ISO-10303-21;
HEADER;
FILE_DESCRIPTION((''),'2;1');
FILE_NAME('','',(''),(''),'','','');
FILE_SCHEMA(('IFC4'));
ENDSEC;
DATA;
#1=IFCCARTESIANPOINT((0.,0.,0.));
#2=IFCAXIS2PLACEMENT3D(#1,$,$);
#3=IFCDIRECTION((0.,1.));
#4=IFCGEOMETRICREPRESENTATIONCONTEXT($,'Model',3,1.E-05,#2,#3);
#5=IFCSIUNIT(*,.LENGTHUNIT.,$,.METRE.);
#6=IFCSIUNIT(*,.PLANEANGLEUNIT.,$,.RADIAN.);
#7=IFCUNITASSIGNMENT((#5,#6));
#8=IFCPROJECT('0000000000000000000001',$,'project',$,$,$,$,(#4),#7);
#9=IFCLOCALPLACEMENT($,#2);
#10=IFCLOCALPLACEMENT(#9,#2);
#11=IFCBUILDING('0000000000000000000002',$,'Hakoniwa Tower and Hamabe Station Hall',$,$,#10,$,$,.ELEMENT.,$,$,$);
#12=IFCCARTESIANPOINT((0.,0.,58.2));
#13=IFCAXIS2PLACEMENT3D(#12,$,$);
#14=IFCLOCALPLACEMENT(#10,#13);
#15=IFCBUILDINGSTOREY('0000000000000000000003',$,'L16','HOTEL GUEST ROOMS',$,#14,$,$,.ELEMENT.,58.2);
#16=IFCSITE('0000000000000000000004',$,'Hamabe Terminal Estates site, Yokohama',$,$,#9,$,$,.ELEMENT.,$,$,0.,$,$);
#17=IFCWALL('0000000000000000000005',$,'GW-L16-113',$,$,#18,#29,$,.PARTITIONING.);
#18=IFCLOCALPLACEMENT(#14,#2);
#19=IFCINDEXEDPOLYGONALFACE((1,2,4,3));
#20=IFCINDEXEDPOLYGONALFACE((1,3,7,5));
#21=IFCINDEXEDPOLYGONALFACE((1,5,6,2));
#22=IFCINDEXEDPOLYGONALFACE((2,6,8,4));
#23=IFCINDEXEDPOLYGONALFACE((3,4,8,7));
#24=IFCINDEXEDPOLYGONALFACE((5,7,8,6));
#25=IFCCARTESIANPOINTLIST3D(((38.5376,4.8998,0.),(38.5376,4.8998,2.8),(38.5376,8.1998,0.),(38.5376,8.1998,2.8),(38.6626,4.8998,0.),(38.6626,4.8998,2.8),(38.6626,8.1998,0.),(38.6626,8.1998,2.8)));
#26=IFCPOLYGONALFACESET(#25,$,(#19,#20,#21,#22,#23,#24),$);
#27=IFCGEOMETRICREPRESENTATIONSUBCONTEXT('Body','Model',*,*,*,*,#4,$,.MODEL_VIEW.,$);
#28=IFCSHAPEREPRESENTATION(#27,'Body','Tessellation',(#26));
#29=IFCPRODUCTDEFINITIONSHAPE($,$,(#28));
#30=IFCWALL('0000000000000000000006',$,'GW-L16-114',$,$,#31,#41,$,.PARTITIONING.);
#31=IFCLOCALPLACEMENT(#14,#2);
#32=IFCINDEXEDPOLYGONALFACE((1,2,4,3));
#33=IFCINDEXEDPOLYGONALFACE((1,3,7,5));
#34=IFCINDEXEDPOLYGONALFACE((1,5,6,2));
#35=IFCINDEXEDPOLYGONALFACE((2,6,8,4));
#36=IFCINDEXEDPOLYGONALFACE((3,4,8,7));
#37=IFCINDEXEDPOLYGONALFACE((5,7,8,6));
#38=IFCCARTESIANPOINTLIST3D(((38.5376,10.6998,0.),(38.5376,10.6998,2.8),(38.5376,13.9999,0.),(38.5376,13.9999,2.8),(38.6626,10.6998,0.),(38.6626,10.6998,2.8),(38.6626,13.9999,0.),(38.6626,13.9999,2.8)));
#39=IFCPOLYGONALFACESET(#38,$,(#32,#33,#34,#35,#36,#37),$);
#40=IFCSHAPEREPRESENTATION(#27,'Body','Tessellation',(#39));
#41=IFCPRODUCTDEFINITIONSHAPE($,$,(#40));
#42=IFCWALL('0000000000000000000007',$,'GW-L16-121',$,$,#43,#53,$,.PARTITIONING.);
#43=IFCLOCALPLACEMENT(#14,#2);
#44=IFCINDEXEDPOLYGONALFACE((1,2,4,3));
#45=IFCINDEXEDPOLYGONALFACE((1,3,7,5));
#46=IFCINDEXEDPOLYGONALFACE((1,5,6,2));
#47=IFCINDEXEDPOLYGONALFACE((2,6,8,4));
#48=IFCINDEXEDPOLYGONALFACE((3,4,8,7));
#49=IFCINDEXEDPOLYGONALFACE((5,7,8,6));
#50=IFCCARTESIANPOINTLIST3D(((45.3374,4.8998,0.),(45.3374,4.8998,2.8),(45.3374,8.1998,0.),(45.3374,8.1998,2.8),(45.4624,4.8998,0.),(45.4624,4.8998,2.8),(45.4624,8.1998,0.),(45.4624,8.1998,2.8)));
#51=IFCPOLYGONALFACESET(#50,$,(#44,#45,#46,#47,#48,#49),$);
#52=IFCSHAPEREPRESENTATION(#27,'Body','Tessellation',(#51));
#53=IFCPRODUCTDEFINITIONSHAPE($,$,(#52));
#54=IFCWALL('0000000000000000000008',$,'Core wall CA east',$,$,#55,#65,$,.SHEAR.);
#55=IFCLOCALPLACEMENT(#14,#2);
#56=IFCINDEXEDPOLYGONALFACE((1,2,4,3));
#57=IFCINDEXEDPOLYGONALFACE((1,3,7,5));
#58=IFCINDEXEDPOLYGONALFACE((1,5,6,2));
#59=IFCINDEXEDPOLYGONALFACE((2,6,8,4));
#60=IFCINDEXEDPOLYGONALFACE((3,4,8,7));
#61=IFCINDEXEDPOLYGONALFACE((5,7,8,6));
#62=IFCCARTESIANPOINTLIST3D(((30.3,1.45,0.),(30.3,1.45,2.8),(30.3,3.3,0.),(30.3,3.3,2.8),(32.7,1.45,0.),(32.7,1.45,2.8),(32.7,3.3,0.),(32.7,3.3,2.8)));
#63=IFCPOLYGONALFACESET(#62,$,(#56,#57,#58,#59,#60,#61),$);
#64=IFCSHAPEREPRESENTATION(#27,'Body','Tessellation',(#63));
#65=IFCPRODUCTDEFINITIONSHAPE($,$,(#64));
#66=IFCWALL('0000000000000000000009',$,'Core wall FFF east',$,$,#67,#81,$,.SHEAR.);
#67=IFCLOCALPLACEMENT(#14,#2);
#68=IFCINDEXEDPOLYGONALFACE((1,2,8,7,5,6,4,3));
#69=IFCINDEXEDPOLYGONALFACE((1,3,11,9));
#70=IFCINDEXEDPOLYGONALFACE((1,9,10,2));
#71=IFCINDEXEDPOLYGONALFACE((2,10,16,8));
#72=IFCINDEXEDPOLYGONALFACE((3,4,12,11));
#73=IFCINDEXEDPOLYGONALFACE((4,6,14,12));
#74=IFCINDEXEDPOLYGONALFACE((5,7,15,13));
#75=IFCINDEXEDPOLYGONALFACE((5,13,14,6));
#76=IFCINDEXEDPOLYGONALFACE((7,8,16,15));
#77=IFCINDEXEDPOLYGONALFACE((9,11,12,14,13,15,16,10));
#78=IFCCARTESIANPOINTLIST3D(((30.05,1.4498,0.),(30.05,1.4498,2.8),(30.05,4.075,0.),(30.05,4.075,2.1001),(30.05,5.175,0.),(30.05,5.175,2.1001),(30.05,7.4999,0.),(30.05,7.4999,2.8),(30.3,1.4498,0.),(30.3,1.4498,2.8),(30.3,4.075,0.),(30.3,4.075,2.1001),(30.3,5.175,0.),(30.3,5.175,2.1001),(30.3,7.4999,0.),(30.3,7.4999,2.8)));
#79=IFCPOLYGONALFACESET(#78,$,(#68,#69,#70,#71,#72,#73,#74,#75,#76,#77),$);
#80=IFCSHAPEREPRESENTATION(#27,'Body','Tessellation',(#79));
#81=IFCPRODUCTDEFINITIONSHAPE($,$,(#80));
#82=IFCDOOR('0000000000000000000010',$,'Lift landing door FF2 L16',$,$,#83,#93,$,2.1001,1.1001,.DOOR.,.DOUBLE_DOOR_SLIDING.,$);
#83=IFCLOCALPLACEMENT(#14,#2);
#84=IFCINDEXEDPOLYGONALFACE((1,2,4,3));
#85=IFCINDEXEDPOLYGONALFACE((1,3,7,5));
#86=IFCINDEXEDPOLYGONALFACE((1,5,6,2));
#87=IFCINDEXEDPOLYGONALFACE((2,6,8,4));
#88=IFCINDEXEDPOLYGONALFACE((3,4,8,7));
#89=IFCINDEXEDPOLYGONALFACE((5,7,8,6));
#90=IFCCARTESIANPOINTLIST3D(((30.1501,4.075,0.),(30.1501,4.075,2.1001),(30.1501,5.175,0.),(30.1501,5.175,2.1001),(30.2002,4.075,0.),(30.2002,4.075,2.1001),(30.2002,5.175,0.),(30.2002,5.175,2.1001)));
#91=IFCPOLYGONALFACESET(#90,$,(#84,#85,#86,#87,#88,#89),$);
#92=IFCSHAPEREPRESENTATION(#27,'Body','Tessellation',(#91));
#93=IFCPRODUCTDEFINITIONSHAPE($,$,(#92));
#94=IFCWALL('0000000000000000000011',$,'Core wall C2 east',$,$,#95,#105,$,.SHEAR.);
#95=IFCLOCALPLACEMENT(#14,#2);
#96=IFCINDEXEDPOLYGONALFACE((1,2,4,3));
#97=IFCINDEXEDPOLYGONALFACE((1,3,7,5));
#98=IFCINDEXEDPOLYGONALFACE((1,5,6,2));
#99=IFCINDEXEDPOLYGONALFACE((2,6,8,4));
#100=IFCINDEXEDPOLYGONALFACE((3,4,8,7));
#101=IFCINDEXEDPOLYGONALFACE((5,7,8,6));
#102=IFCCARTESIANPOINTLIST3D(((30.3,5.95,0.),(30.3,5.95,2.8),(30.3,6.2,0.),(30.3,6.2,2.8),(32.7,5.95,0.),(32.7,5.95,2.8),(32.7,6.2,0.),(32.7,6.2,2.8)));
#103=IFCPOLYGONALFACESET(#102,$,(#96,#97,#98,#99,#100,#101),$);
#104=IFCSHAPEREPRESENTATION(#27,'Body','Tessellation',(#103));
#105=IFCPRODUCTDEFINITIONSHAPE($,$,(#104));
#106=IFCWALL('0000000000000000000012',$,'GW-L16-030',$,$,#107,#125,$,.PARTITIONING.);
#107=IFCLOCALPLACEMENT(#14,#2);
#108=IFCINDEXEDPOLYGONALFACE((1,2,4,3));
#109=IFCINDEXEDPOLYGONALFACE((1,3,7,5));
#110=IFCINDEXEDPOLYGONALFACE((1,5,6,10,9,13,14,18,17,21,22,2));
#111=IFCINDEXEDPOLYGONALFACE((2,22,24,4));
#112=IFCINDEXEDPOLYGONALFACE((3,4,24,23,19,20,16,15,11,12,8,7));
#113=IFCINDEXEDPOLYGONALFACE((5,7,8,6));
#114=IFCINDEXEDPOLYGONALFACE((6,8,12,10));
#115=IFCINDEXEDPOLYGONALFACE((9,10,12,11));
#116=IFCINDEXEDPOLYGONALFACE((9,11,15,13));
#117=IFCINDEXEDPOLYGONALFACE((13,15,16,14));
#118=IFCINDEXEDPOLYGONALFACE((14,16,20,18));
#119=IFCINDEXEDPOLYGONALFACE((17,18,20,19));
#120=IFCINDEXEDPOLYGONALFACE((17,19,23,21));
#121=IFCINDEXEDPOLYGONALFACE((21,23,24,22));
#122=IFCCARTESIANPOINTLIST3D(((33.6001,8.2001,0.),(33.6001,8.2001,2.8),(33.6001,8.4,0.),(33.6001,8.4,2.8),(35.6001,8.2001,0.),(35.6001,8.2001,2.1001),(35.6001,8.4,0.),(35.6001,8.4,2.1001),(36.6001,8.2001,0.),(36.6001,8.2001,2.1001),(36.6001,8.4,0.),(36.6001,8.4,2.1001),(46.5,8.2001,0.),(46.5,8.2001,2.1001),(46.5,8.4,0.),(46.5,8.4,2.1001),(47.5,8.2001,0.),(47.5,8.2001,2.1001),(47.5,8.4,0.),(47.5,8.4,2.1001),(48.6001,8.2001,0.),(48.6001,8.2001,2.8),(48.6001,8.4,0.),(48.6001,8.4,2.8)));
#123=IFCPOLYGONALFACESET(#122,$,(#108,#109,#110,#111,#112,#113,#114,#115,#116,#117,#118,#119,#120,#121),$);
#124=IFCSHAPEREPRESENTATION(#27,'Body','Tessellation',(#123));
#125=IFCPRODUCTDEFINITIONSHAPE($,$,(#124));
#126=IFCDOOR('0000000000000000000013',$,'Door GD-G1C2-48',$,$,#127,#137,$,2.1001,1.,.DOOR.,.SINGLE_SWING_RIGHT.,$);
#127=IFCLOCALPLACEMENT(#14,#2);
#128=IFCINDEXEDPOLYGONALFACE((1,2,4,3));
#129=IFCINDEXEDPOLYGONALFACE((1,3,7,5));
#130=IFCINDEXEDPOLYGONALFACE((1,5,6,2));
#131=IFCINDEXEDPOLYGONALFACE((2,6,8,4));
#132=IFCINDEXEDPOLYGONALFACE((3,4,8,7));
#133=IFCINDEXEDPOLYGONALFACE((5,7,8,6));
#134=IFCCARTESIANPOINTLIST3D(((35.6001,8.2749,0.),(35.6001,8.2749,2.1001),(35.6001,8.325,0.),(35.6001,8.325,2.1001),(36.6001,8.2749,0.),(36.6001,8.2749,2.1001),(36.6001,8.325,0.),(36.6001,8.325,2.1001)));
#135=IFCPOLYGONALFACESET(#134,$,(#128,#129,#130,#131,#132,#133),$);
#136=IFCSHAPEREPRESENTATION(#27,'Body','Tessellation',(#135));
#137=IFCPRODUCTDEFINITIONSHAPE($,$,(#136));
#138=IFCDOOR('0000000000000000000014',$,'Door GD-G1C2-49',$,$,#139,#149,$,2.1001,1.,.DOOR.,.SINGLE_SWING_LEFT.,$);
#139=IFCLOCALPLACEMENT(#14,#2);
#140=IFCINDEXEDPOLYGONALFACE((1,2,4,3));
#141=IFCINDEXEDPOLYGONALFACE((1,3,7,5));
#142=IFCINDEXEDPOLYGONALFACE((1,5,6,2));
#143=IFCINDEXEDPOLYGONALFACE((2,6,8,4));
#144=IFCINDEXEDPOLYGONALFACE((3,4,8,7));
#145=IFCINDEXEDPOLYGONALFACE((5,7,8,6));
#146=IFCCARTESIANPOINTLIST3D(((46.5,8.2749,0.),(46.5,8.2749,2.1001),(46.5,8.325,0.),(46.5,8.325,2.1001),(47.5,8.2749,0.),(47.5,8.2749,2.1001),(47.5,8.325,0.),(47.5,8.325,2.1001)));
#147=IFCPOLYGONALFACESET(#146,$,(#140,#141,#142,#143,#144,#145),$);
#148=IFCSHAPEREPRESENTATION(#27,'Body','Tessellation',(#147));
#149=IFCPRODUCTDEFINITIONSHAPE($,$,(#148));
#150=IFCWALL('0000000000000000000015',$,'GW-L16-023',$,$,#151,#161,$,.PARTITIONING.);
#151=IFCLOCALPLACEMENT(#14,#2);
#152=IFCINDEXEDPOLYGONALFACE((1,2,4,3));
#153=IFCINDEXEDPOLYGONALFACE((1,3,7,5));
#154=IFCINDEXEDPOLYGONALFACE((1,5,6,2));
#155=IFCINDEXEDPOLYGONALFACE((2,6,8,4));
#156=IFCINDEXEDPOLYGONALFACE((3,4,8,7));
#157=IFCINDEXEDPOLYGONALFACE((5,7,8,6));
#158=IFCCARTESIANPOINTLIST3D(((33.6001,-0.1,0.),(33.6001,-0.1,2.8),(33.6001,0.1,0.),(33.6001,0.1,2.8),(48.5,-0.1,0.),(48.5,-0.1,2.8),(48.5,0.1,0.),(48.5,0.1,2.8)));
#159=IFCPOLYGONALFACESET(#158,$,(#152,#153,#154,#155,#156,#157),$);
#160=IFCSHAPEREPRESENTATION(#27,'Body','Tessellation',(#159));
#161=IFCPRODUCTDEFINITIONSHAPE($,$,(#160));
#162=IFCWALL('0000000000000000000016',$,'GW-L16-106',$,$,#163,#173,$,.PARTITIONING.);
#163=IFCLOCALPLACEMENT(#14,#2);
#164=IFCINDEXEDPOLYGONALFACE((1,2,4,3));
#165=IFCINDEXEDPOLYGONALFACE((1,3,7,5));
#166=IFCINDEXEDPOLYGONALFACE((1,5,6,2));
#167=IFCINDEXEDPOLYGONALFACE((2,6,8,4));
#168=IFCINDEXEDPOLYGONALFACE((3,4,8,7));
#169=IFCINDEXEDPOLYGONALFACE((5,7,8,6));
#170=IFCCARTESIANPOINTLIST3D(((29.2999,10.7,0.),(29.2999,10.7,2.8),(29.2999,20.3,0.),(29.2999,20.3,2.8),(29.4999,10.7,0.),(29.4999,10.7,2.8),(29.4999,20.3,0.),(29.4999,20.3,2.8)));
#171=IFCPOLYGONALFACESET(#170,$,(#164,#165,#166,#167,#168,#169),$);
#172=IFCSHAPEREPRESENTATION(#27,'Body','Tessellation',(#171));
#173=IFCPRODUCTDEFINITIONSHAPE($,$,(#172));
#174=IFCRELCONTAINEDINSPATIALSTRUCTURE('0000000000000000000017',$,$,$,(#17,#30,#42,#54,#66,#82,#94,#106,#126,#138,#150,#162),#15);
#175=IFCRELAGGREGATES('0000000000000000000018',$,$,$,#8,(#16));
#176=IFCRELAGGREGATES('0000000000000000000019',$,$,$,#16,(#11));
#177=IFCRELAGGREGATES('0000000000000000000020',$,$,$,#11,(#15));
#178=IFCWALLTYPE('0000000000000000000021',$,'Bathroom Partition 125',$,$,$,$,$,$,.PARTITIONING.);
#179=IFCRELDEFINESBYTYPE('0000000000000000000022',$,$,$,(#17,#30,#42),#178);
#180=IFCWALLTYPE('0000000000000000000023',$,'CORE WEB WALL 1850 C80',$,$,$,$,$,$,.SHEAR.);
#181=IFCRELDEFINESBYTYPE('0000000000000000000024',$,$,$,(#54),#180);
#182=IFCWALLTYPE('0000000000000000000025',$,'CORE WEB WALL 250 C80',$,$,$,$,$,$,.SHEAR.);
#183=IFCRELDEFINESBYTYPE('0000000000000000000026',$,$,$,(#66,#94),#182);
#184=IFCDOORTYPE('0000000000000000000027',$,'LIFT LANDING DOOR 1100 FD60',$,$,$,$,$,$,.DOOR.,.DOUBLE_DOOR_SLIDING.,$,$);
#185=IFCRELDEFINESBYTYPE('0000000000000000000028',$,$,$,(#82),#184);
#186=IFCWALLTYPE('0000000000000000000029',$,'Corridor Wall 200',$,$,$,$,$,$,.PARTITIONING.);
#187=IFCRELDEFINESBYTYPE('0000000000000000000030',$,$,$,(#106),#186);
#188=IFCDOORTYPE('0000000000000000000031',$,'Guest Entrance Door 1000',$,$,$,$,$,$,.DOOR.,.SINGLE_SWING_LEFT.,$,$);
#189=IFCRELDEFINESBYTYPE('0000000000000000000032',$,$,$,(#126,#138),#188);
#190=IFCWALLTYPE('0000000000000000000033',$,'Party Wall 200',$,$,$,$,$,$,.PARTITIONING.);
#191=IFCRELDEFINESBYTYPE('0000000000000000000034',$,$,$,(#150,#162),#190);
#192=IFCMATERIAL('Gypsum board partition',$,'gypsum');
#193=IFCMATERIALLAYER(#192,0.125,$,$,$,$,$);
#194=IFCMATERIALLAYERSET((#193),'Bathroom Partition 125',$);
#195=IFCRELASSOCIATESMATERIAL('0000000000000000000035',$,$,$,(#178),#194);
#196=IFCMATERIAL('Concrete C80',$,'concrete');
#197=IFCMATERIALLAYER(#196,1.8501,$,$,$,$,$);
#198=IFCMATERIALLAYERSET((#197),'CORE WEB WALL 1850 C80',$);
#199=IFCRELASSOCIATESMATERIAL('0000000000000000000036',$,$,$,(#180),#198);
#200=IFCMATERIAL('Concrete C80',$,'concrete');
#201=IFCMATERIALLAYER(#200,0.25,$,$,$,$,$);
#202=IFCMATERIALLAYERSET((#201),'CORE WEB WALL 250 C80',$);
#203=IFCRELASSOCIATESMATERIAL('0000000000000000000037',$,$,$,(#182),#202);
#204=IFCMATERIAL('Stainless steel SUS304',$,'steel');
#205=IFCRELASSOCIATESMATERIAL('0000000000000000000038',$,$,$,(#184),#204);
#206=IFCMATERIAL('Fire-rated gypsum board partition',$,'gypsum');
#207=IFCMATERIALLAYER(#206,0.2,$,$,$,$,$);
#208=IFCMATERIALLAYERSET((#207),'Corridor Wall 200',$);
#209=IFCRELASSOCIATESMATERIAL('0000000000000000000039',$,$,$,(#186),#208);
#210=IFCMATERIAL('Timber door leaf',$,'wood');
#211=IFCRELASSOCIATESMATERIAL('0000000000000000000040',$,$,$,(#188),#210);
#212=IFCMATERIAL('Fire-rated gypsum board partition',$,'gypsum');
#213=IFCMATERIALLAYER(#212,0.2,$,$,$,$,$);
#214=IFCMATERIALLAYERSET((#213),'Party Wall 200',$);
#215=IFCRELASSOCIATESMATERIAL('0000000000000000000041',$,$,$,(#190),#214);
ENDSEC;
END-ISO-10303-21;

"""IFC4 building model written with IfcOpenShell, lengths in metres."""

from ifc_helpers import new_model, si_unit, direction, frame, frame_2d, origin, place, context, subcontext, project, spatial, rectangle, extrude, material, layer, layer_set, type_object, element, fill, save


model = new_model("IFC4")

# Units and contexts
model_context = context("Model", 3, precision=1e-05, world=origin(), true_north=direction((0.0, 1.0)))
body_context = subcontext(model_context, "Body", "Model", "MODEL_VIEW")
ifc_project = project(units=[si_unit("LENGTHUNIT", "METRE"), si_unit("PLANEANGLEUNIT", "RADIAN")], contexts=[model_context])

# Site, building, storey
site_placement = place(None, origin())
site = spatial("IfcSite", under=ifc_project, at=site_placement, Name="Hamabe Terminal Estates site, Yokohama", CompositionType="ELEMENT", RefElevation=0.0)
building_placement = place(site_placement, origin())
building = spatial("IfcBuilding", under=site, at=building_placement, Name="Hakoniwa Tower and Hamabe Station Hall", CompositionType="ELEMENT")
storey_placement = place(building_placement, frame((0.0, 0.0, 58.2)))
storey = spatial("IfcBuildingStorey", under=building, at=storey_placement, Name="L16", Description="HOTEL GUEST ROOMS", CompositionType="ELEMENT", Elevation=58.2)

# Shared definitions
ifc_material_1 = material(Name="Gypsum board partition", Category="gypsum")
ifc_layer_1 = layer(ifc_material_1, 0.125)
ifc_layer_set_1 = layer_set([ifc_layer_1], Name="Bathroom Partition 125")
wall_type_1 = type_object("IfcWallType", Name="Bathroom Partition 125", PredefinedType="PARTITIONING", material=ifc_layer_set_1)

# Walls
for number, where, z_axis, x_axis, name in (
    (1, (38.6001, 4.8999, 0.0), (0.0, 0.0, 1.0), (0.0, 1.0, 0.0), "GW-L16-113"),
    (2, (38.6001, 10.7, 0.0), (0.0, 0.0, 1.0), (0.0, 1.0, 0.0), "GW-L16-114"),
    (3, (45.3999, 4.8999, 0.0), (0.0, 0.0, 1.0), (0.0, 1.0, 0.0), "GW-L16-121"),
):
    element("IfcWall", number, at=place(storey_placement, frame(where, z_axis=z_axis, x_axis=x_axis)), inside=storey, type_object=wall_type_1, Name=name, PredefinedType="PARTITIONING", context=body_context, shape_type="SweptSolid", body=[
        extrude(rectangle(XDim=3.3, YDim=0.125, at=frame_2d((1.6499, 0.0))), origin(), (0.0, 0.0, 1.0), 2.8),
    ])
ifc_material_2 = material(Name="Concrete C80", Category="concrete")
ifc_layer_2 = layer(ifc_material_2, 1.8501)
ifc_layer_set_2 = layer_set([ifc_layer_2], Name="CORE WEB WALL 1850 C80")
wall_type_2 = type_object("IfcWallType", Name="CORE WEB WALL 1850 C80", PredefinedType="SHEAR", material=ifc_layer_set_2)
wall_1_placement = place(storey_placement, frame((30.3, 2.375, 0.0), z_axis=(0.0, 0.0, 1.0), x_axis=(1.0, 0.0, 0.0)))
element("IfcWall", 4, at=wall_1_placement, inside=storey, type_object=wall_type_2, Name="Core wall CA east", PredefinedType="SHEAR", context=body_context, shape_type="SweptSolid", body=[
    extrude(rectangle(XDim=2.3999, YDim=1.8501, at=frame_2d((1.2, 0.0))), origin(), (0.0, 0.0, 1.0), 2.8),
])

# Wall, opening, door
ifc_material_3 = material(Name="Concrete C80", Category="concrete")
ifc_layer_3 = layer(ifc_material_3, 0.25)
ifc_layer_set_3 = layer_set([ifc_layer_3], Name="CORE WEB WALL 250 C80")
wall_type_3 = type_object("IfcWallType", Name="CORE WEB WALL 250 C80", PredefinedType="SHEAR", material=ifc_layer_set_3)
wall_2_placement = place(storey_placement, frame((30.175, 1.45, 0.0), z_axis=(0.0, 0.0, 1.0), x_axis=(0.0, 1.0, 0.0)))
wall_2 = element("IfcWall", 5, at=wall_2_placement, inside=storey, type_object=wall_type_3, Name="Core wall FFF east", PredefinedType="SHEAR", context=body_context, shape_type="SweptSolid", body=[
    extrude(rectangle(XDim=6.05, YDim=0.25, at=frame_2d((3.0249, 0.0))), origin(), (0.0, 0.0, 1.0), 2.8),
])
opening_1_placement = place(wall_2_placement, frame((2.625, 0.0, 0.0)))
opening_1 = element("IfcOpeningElement", 6, at=opening_1_placement, cuts=wall_2, PredefinedType="OPENING", context=body_context, shape_type="SweptSolid", body=[
    extrude(rectangle(XDim=1.1001, YDim=2.1001, at=frame_2d((0.55, 1.05))), frame((0.0, 0.135, 0.0), z_axis=(0.0, -1.0, 0.0), x_axis=(1.0, 0.0, 0.0)), (0.0, 0.0, 1.0), 0.27),
])
ifc_material_4 = material(Name="Stainless steel SUS304", Category="steel")
door_type_1 = type_object("IfcDoorType", Name="LIFT LANDING DOOR 1100 FD60", OperationType="DOUBLE_DOOR_SLIDING", PredefinedType="DOOR", material=ifc_material_4)
door_1_placement = place(opening_1_placement, origin())
door_1 = element("IfcDoor", 7, at=door_1_placement, inside=storey, type_object=door_type_1, Name="Lift landing door FF2 L16", OperationType="DOUBLE_DOOR_SLIDING", OverallHeight=2.1001, OverallWidth=1.1001, PredefinedType="DOOR", context=body_context, shape_type="SweptSolid", body=[
    extrude(rectangle(XDim=1.1001, YDim=2.1001, at=frame_2d((0.55, 1.05))), frame((0.0, 0.0249, 0.0), z_axis=(0.0, -1.0, 0.0), x_axis=(1.0, 0.0, 0.0)), (0.0, 0.0, 1.0), 0.05),
])
fill(opening_1, door_1)

# Wall
wall_3_placement = place(storey_placement, frame((30.3, 6.075, 0.0), z_axis=(0.0, 0.0, 1.0), x_axis=(1.0, 0.0, 0.0)))
element("IfcWall", 8, at=wall_3_placement, inside=storey, type_object=wall_type_3, Name="Core wall C2 east", PredefinedType="SHEAR", context=body_context, shape_type="SweptSolid", body=[
    extrude(rectangle(XDim=2.3999, YDim=0.25, at=frame_2d((1.2, 0.0))), origin(), (0.0, 0.0, 1.0), 2.8),
])

# Wall, openings, doors
ifc_material_5 = material(Name="Fire-rated gypsum board partition", Category="gypsum")
ifc_layer_4 = layer(ifc_material_5, 0.2)
ifc_layer_set_4 = layer_set([ifc_layer_4], Name="Corridor Wall 200")
wall_type_4 = type_object("IfcWallType", Name="Corridor Wall 200", PredefinedType="PARTITIONING", material=ifc_layer_set_4)
wall_4_placement = place(storey_placement, frame((33.6001, 8.3, 0.0), z_axis=(0.0, 0.0, 1.0), x_axis=(1.0, 0.0, 0.0)))
wall_4 = element("IfcWall", 9, at=wall_4_placement, inside=storey, type_object=wall_type_4, Name="GW-L16-030", PredefinedType="PARTITIONING", context=body_context, shape_type="SweptSolid", body=[
    extrude(rectangle(XDim=15.0, YDim=0.2, at=frame_2d((7.5, 0.0))), origin(), (0.0, 0.0, 1.0), 2.8),
])
opening_2_placement = place(wall_4_placement, frame((2.0, 0.0, 0.0)))
opening_2 = element("IfcOpeningElement", 10, at=opening_2_placement, cuts=wall_4, PredefinedType="OPENING", context=body_context, shape_type="SweptSolid", body=[
    extrude(rectangle(XDim=1.0, YDim=2.1001, at=frame_2d((0.5, 1.05))), frame((0.0, 0.1099, 0.0), z_axis=(0.0, -1.0, 0.0), x_axis=(1.0, 0.0, 0.0)), (0.0, 0.0, 1.0), 0.22),
])
opening_3_placement = place(wall_4_placement, frame((12.8999, 0.0, 0.0)))
opening_3 = element("IfcOpeningElement", 11, at=opening_3_placement, cuts=wall_4, PredefinedType="OPENING", context=body_context, shape_type="SweptSolid", body=[
    extrude(rectangle(XDim=1.0, YDim=2.1001, at=frame_2d((0.5, 1.05))), frame((0.0, 0.1099, 0.0), z_axis=(0.0, -1.0, 0.0), x_axis=(1.0, 0.0, 0.0)), (0.0, 0.0, 1.0), 0.22),
])
ifc_material_6 = material(Name="Timber door leaf", Category="wood")
door_type_2 = type_object("IfcDoorType", Name="Guest Entrance Door 1000", OperationType="SINGLE_SWING_LEFT", PredefinedType="DOOR", material=ifc_material_6)
door_2_placement = place(opening_2_placement, origin())
door_2 = element("IfcDoor", 12, at=door_2_placement, inside=storey, type_object=door_type_2, Name="Door GD-G1C2-48", OperationType="SINGLE_SWING_RIGHT", OverallHeight=2.1001, OverallWidth=1.0, PredefinedType="DOOR", context=body_context, shape_type="SweptSolid", body=[
    extrude(rectangle(XDim=1.0, YDim=2.1001, at=frame_2d((0.5, 1.05))), frame((0.0, 0.0249, 0.0), z_axis=(0.0, -1.0, 0.0), x_axis=(1.0, 0.0, 0.0)), (0.0, 0.0, 1.0), 0.05),
])
fill(opening_2, door_2)
door_3_placement = place(opening_3_placement, origin())
door_3 = element("IfcDoor", 13, at=door_3_placement, inside=storey, type_object=door_type_2, Name="Door GD-G1C2-49", OperationType="SINGLE_SWING_LEFT", OverallHeight=2.1001, OverallWidth=1.0, PredefinedType="DOOR", context=body_context, shape_type="SweptSolid", body=[
    extrude(rectangle(XDim=1.0, YDim=2.1001, at=frame_2d((0.5, 1.05))), frame((0.0, 0.0249, 0.0), z_axis=(0.0, -1.0, 0.0), x_axis=(1.0, 0.0, 0.0)), (0.0, 0.0, 1.0), 0.05),
])
fill(opening_3, door_3)

# Walls
ifc_material_7 = material(Name="Fire-rated gypsum board partition", Category="gypsum")
ifc_layer_5 = layer(ifc_material_7, 0.2)
ifc_layer_set_5 = layer_set([ifc_layer_5], Name="Party Wall 200")
wall_type_5 = type_object("IfcWallType", Name="Party Wall 200", PredefinedType="PARTITIONING", material=ifc_layer_set_5)
wall_5_placement = place(storey_placement, frame((33.6001, 0.0, 0.0), z_axis=(0.0, 0.0, 1.0), x_axis=(1.0, 0.0, 0.0)))
element("IfcWall", 14, at=wall_5_placement, inside=storey, type_object=wall_type_5, Name="GW-L16-023", PredefinedType="PARTITIONING", context=body_context, shape_type="SweptSolid", body=[
    extrude(rectangle(XDim=14.8999, YDim=0.2, at=frame_2d((7.45, 0.0))), origin(), (0.0, 0.0, 1.0), 2.8),
])
for number, where, z_axis, x_axis, name in (
    (15, (29.3999, 10.7, 0.0), (0.0, 0.0, 1.0), (0.0, 1.0, 0.0), "GW-L16-106"),
):
    element("IfcWall", number, at=place(storey_placement, frame(where, z_axis=z_axis, x_axis=x_axis)), inside=storey, type_object=wall_type_5, Name=name, PredefinedType="PARTITIONING", context=body_context, shape_type="SweptSolid", body=[
        extrude(rectangle(XDim=9.6001, YDim=0.2, at=frame_2d((4.8, 0.0))), origin(), (0.0, 0.0, 1.0), 2.8),
    ])

save(model, "model.ifc")
